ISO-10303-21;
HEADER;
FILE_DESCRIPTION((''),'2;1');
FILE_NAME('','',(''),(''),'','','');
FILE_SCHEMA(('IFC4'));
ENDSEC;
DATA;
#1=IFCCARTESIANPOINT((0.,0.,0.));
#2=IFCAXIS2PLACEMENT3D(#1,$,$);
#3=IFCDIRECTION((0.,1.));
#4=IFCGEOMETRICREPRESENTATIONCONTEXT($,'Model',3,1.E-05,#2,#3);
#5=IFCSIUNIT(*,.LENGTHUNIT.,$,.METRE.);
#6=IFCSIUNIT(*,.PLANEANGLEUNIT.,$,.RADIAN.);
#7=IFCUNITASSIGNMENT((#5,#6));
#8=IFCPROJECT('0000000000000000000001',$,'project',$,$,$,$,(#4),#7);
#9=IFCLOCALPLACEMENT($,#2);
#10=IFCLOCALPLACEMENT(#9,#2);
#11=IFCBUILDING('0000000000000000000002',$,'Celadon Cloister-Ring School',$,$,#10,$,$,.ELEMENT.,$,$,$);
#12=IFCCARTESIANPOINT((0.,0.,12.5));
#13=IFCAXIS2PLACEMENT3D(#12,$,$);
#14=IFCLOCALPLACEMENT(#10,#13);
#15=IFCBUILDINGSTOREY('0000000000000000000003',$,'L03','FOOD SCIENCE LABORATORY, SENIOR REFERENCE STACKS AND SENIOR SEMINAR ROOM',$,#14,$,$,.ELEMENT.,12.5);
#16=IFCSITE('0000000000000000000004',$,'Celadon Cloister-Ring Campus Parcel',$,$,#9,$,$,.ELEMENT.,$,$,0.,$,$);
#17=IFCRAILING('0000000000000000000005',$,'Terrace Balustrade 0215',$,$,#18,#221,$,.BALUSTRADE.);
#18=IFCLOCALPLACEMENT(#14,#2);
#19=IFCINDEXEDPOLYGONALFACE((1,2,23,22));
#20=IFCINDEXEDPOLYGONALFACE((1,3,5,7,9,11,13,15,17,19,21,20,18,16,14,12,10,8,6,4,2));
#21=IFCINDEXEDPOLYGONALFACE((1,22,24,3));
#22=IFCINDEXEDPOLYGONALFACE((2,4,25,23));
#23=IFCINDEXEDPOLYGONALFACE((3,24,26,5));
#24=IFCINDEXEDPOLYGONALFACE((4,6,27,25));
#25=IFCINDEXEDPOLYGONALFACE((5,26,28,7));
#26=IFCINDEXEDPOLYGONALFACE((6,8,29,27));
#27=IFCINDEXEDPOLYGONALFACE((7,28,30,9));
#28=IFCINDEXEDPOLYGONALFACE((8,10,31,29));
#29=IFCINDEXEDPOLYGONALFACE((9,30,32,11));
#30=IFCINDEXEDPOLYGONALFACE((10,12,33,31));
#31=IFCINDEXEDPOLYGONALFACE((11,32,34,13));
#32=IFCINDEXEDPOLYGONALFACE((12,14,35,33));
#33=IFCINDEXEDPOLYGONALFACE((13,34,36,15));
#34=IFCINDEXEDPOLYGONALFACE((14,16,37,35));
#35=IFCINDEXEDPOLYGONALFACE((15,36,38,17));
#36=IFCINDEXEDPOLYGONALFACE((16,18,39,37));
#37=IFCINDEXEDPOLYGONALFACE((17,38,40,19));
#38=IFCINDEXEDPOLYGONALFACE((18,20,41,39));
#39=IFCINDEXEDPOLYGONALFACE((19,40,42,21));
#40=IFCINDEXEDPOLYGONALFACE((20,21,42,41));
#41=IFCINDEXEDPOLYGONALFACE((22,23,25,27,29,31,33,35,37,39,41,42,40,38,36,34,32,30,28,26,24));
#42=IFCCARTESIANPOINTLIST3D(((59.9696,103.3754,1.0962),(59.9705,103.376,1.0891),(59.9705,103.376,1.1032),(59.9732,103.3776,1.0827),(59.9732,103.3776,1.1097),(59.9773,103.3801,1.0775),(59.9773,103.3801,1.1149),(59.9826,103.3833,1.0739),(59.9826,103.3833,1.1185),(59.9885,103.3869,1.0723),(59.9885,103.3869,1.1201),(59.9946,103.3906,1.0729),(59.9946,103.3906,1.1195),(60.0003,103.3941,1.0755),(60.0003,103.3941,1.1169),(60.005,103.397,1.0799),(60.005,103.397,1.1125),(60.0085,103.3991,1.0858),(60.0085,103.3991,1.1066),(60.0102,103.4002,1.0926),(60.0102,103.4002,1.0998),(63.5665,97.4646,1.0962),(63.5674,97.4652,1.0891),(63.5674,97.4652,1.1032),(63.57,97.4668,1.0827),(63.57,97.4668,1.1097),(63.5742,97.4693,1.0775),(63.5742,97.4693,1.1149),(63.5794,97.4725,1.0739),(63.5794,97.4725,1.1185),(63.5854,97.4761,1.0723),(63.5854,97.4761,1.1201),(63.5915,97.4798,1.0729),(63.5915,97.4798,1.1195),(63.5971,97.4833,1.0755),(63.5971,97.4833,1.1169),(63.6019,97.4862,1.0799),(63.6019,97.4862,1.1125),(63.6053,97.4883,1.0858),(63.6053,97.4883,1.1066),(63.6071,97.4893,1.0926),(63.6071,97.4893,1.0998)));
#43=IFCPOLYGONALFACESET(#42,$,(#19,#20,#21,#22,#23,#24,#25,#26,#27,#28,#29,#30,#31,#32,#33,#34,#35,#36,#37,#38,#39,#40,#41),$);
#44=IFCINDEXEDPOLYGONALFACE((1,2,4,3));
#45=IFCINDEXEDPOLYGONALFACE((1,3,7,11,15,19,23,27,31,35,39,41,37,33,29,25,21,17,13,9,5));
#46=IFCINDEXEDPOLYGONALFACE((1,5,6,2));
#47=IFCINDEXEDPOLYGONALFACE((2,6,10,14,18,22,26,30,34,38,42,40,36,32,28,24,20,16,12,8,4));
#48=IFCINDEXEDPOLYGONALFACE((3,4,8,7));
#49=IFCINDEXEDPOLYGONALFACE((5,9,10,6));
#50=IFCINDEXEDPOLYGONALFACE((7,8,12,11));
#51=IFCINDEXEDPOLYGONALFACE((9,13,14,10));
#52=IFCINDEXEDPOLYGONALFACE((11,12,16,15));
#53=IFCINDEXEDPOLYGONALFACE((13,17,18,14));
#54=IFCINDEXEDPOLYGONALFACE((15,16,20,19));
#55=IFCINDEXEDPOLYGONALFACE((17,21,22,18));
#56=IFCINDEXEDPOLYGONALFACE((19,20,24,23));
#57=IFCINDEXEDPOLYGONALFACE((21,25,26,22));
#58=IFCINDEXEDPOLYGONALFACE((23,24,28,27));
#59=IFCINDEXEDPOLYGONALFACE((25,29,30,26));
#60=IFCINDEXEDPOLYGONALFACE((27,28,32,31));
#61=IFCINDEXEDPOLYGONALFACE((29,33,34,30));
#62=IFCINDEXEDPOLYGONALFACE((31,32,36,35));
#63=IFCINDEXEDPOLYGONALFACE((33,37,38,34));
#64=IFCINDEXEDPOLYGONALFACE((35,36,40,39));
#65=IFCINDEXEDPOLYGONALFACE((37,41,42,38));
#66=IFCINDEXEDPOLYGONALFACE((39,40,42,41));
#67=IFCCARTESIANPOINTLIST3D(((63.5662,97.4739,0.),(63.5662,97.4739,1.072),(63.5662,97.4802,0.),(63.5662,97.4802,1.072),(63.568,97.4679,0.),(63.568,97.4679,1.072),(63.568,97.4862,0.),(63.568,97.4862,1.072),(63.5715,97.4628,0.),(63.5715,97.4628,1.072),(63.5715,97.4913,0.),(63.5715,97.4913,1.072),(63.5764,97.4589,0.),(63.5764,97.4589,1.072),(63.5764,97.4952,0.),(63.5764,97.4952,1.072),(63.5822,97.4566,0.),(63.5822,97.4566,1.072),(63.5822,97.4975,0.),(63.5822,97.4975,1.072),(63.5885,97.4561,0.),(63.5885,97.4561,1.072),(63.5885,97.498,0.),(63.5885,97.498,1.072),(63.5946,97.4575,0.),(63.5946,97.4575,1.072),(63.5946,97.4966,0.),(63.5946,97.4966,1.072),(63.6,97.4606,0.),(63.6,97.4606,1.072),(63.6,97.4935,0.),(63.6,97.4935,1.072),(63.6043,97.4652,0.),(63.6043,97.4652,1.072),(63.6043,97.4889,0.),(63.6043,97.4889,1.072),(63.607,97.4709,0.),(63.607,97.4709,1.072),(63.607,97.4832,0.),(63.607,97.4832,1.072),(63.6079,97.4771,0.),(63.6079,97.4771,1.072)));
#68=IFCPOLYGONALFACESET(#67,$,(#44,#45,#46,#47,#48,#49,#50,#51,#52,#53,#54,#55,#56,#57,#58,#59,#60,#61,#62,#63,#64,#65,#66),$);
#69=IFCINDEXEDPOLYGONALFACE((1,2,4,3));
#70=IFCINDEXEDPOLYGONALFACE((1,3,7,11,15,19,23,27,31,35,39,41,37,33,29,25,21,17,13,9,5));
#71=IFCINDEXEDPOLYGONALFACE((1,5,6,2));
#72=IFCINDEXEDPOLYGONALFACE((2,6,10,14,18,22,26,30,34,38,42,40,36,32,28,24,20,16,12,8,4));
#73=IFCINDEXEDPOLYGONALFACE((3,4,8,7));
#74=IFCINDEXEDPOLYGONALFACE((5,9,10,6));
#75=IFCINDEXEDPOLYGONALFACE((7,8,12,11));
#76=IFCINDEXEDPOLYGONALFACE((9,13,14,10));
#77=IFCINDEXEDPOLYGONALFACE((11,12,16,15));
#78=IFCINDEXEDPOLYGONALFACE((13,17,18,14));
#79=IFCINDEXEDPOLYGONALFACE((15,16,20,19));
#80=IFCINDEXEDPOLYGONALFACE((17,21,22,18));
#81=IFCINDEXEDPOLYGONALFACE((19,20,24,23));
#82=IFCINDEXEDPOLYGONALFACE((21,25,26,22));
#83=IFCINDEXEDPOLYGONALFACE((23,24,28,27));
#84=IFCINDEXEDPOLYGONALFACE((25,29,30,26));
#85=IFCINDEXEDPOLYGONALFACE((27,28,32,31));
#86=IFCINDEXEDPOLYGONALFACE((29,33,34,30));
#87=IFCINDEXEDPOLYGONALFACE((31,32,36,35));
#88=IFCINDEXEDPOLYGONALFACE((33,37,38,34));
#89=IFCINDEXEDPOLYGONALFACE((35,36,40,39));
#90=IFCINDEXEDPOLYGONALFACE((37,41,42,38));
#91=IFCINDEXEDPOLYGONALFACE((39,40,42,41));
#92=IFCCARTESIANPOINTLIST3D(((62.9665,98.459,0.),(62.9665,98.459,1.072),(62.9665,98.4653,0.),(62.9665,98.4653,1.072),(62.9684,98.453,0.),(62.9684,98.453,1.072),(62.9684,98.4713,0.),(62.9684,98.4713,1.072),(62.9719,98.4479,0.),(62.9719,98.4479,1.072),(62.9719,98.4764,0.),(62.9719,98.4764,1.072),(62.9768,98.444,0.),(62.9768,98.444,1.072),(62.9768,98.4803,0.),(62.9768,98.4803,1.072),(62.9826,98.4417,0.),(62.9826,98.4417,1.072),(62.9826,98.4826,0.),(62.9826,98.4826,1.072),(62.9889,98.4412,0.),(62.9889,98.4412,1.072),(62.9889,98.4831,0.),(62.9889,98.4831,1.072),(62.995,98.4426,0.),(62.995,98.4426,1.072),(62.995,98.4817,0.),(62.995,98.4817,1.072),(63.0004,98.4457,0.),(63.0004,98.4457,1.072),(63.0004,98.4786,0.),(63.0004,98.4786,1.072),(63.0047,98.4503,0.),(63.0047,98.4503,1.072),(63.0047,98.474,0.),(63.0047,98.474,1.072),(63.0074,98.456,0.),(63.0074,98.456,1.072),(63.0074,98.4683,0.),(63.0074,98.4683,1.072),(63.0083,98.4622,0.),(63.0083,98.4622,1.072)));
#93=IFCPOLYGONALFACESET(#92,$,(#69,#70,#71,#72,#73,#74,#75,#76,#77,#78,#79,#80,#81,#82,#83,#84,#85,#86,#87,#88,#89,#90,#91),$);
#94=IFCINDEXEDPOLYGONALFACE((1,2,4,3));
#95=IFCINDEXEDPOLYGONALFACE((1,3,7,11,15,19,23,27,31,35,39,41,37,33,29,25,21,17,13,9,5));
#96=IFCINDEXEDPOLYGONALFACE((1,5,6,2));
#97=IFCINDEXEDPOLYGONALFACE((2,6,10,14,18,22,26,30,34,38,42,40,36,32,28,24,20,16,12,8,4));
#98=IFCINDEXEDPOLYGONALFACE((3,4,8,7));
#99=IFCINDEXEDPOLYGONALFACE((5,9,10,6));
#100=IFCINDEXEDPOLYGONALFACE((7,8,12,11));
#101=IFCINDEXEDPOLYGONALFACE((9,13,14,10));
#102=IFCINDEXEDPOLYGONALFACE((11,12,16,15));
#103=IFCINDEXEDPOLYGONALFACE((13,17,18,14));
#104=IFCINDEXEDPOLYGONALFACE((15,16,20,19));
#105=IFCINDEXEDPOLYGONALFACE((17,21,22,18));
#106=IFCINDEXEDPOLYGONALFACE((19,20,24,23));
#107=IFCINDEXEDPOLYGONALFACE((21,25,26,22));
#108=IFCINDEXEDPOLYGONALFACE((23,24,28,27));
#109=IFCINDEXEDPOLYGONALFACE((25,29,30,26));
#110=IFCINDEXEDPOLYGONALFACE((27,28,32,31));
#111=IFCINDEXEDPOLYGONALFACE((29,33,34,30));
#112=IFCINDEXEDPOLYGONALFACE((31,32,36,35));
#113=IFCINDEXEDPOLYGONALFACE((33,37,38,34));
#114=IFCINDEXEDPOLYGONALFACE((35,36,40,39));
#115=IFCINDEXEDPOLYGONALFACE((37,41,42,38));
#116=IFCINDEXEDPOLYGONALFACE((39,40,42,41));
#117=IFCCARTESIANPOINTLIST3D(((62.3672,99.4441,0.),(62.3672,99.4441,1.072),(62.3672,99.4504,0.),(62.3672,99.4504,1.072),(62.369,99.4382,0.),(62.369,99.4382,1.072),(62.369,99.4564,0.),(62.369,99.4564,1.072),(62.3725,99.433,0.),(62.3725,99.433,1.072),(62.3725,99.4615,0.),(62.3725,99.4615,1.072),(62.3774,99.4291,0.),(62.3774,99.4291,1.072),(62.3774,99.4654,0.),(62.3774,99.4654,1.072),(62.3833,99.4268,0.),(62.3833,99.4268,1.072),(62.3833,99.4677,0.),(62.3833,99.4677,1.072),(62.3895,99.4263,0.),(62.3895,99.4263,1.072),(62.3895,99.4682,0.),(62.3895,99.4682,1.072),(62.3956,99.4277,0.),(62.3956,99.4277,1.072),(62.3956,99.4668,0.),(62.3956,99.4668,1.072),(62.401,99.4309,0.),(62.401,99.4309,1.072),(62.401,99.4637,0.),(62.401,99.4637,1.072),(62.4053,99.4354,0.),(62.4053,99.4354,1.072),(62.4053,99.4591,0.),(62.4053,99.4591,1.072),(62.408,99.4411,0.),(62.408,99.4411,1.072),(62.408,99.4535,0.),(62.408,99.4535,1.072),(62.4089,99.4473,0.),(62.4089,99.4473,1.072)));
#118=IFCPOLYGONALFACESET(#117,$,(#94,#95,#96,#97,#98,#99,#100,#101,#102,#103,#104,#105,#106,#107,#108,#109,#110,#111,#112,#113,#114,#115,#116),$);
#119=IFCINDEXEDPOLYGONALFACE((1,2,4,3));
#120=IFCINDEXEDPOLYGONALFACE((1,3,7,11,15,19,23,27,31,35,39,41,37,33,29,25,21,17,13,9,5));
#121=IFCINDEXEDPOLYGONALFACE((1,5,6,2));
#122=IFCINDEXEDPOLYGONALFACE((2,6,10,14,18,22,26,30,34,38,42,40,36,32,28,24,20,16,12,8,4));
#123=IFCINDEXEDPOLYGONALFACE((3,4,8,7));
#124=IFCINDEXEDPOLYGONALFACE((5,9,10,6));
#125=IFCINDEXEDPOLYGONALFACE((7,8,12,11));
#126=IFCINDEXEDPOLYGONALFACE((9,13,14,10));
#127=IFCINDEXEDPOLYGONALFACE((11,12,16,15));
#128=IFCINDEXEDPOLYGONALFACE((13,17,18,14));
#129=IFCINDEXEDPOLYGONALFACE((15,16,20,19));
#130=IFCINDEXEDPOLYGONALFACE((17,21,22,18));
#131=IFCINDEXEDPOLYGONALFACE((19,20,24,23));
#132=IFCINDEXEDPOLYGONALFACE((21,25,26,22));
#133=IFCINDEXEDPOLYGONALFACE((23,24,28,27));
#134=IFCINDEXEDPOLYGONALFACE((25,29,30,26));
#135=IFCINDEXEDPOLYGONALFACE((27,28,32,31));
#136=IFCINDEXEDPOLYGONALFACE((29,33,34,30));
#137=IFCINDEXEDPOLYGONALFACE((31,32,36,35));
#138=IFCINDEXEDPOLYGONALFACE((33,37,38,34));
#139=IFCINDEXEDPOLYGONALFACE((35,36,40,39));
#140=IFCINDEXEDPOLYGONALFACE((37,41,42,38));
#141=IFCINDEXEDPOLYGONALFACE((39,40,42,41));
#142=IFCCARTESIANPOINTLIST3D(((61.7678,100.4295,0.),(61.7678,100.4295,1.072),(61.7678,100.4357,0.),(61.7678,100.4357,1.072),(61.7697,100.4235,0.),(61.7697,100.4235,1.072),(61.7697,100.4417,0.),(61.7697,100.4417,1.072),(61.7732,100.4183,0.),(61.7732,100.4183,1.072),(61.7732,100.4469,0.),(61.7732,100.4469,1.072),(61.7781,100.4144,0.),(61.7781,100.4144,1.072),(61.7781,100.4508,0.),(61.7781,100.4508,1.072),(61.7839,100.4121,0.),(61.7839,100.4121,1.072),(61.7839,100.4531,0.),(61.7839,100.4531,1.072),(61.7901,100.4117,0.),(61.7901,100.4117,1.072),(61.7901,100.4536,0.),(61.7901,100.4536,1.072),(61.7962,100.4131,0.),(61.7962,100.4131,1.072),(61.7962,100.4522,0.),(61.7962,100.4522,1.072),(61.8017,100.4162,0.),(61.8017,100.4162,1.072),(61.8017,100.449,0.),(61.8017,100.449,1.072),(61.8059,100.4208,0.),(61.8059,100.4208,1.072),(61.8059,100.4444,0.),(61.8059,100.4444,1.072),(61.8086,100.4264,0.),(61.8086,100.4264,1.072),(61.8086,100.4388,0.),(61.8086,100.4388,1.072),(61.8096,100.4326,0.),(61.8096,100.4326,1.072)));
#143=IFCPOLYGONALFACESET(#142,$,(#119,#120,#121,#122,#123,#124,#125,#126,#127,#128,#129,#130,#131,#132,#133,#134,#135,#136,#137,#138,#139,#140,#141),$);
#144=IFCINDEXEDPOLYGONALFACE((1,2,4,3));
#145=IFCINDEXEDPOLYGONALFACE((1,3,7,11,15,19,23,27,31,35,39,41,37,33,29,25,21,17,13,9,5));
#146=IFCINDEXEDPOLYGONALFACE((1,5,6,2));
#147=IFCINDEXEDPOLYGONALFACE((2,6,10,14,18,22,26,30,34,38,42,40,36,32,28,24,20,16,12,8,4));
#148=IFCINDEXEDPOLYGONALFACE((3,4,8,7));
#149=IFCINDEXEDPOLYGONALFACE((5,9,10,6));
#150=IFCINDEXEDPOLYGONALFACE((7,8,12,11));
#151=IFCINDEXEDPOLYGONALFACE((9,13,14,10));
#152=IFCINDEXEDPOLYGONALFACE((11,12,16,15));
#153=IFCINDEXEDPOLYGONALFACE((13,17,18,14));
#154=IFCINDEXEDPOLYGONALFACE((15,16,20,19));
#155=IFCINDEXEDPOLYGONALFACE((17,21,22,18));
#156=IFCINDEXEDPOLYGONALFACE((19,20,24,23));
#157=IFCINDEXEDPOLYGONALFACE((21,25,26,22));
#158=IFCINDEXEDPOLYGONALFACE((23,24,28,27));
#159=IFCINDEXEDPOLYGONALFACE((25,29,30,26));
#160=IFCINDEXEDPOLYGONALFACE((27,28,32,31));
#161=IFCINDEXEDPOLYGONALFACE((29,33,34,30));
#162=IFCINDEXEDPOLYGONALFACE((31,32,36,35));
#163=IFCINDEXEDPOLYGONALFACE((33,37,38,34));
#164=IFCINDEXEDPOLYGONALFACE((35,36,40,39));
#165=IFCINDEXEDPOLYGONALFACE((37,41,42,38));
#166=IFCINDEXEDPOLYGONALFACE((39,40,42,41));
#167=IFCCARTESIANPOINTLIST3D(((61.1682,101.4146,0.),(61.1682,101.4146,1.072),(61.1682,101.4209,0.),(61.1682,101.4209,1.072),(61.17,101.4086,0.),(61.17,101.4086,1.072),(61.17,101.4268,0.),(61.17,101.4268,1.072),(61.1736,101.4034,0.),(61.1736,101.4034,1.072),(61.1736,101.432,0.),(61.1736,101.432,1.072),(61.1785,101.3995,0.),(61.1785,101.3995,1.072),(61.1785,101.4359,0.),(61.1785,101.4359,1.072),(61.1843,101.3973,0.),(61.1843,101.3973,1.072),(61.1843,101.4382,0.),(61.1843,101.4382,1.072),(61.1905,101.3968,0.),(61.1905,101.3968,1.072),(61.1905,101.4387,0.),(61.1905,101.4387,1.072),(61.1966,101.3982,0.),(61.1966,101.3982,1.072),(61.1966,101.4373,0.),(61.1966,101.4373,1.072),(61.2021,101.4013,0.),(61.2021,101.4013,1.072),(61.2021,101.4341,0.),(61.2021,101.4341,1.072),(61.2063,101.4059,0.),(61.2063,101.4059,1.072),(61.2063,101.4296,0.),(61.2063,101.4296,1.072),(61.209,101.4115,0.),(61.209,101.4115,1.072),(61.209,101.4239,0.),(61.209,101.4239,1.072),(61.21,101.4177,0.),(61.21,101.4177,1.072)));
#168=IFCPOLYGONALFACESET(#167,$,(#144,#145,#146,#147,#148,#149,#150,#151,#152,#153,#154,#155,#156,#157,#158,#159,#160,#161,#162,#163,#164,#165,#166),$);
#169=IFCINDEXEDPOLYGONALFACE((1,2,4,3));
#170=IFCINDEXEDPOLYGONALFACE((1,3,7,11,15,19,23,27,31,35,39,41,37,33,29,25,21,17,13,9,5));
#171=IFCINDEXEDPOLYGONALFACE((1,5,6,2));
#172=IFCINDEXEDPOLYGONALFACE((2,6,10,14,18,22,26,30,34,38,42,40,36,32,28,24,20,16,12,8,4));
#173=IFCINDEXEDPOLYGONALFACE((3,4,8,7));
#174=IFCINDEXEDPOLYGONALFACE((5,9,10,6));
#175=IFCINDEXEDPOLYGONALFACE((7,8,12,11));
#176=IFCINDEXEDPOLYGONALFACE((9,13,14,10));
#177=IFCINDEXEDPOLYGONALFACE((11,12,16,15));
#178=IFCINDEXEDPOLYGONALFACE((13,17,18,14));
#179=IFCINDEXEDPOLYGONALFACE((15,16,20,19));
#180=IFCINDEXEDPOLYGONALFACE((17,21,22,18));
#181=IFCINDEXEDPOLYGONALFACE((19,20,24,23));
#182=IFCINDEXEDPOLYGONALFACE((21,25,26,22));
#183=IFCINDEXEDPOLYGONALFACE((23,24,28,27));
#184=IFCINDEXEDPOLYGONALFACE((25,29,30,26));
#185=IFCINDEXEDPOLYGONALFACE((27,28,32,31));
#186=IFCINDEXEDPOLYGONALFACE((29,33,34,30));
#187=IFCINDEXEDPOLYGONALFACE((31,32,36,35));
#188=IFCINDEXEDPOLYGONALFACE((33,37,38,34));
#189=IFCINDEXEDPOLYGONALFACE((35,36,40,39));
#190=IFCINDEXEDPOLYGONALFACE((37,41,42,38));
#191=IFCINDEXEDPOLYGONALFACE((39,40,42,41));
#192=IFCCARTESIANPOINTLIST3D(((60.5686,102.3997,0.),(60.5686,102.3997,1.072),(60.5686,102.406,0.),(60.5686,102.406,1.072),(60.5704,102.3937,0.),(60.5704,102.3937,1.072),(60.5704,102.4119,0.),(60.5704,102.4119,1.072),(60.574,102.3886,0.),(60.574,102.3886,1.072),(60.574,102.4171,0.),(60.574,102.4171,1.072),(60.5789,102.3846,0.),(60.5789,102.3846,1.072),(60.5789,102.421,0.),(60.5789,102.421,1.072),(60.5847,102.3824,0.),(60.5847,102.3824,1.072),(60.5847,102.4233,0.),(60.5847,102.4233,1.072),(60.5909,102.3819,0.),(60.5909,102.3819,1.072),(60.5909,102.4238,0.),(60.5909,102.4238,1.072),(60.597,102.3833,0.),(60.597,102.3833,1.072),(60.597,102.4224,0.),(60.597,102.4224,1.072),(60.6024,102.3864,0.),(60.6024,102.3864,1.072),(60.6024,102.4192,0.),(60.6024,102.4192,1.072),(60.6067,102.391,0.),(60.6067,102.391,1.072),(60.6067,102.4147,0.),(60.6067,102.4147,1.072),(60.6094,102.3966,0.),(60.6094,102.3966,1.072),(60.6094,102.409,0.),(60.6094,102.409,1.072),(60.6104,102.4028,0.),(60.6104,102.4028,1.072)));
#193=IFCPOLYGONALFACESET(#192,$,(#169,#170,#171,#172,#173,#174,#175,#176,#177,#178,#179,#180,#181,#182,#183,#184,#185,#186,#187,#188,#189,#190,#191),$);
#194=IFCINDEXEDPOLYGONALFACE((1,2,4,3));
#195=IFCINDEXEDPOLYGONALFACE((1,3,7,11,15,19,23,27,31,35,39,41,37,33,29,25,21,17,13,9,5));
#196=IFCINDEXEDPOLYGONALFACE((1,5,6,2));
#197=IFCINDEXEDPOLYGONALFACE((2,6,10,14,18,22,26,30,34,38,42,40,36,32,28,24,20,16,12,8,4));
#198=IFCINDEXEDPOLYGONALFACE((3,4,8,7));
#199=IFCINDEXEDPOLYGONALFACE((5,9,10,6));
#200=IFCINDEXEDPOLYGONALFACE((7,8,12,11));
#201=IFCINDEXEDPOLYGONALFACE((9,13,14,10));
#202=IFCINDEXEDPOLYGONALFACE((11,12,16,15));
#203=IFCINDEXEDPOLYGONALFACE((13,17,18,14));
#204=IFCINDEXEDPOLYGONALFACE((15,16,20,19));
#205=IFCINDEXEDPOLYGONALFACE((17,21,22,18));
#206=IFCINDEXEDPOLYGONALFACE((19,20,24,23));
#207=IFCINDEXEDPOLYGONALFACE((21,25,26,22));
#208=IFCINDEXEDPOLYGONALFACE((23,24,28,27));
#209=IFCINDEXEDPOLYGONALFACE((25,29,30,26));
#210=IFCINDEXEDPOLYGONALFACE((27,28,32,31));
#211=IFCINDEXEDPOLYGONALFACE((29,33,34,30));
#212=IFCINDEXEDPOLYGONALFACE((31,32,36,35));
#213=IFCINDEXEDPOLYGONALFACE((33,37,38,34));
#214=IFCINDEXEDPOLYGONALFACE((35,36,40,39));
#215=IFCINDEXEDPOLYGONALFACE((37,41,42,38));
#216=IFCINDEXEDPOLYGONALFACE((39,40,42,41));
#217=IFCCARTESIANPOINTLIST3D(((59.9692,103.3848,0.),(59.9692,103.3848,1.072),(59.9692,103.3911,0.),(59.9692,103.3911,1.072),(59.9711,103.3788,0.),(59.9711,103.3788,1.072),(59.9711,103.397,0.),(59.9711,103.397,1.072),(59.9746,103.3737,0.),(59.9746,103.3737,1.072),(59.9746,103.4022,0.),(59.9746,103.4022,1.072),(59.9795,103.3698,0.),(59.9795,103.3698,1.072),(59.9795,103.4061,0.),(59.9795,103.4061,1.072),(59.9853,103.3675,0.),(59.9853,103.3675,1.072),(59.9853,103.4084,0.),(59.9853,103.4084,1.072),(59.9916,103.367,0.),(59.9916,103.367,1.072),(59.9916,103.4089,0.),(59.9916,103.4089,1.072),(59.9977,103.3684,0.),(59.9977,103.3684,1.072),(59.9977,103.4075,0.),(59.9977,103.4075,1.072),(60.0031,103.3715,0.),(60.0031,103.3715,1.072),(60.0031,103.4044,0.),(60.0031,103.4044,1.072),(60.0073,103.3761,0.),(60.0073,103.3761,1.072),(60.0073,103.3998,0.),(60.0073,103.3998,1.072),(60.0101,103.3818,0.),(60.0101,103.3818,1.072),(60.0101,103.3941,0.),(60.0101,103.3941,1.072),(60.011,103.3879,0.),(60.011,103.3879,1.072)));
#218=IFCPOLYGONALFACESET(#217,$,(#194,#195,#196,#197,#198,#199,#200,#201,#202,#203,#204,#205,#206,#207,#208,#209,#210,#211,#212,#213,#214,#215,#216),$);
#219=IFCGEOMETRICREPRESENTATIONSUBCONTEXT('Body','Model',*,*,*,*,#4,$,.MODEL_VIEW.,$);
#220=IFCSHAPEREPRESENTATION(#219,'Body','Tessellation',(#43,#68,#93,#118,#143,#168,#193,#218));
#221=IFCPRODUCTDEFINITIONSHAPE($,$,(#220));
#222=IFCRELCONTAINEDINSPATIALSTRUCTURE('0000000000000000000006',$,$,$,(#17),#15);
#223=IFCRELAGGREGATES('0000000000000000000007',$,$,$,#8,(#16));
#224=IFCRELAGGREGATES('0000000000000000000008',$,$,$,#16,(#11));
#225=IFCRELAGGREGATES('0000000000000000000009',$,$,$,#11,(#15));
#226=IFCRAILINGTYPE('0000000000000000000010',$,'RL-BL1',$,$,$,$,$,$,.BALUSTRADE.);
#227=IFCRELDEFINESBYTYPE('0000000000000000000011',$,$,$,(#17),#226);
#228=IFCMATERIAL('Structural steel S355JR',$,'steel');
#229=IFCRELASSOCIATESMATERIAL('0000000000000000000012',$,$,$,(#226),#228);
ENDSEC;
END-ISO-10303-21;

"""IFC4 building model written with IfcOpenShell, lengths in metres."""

from ifc_helpers import new_model, si_unit, direction, frame, origin, origin_2d, place, context, subcontext, project, spatial, circle, extrude, material, type_object, element, save


model = new_model("IFC4")

# Units and contexts
model_context = context("Model", 3, precision=1e-05, world=origin(), true_north=direction((0.0, 1.0)))
body_context = subcontext(model_context, "Body", "Model", "MODEL_VIEW")
ifc_project = project(units=[si_unit("LENGTHUNIT", "METRE"), si_unit("PLANEANGLEUNIT", "RADIAN")], contexts=[model_context])

# Site, building, storey
site_placement = place(None, origin())
site = spatial("IfcSite", under=ifc_project, at=site_placement, Name="Celadon Cloister-Ring Campus Parcel", CompositionType="ELEMENT", RefElevation=0.0)
building_placement = place(site_placement, origin())
building = spatial("IfcBuilding", under=site, at=building_placement, Name="Celadon Cloister-Ring School", CompositionType="ELEMENT")
storey_placement = place(building_placement, frame((0.0, 0.0, 12.5)))
storey = spatial("IfcBuildingStorey", under=building, at=storey_placement, Name="L03", Description="FOOD SCIENCE LABORATORY, SENIOR REFERENCE STACKS AND SENIOR SEMINAR ROOM", CompositionType="ELEMENT", Elevation=12.5)

# Railing
ifc_material_1 = material(Name="Structural steel S355JR", Category="steel")
railing_type = type_object("IfcRailingType", Name="RL-BL1", PredefinedType="BALUSTRADE", material=ifc_material_1)
railing_1_placement = place(storey_placement, frame((63.5869, 97.4771, 0.0)))
element("IfcRailing", 1, at=railing_1_placement, inside=storey, type_object=railing_type, Name="Terrace Balustrade 0215", PredefinedType="BALUSTRADE", context=body_context, shape_type="SweptSolid", body=[
    extrude(circle(Radius=0.0239, at=origin_2d()), frame((0.0, 0.0, 1.0962), z_axis=(-0.519841, 0.854263, 0.0), x_axis=(-0.854263, -0.519841, 0.0)), (0.0, 0.0, 1.0), 6.9192),
    extrude(circle(Radius=0.021, at=origin_2d()), origin(), (0.0, 0.0, 1.0), 1.072),
    extrude(circle(Radius=0.021, at=origin_2d()), frame((-0.5996, 0.9851, 0.0)), (0.0, 0.0, 1.0), 1.072),
    extrude(circle(Radius=0.021, at=origin_2d()), frame((-1.199, 1.9702, 0.0)), (0.0, 0.0, 1.0), 1.072),
    extrude(circle(Radius=0.021, at=origin_2d()), frame((-1.7983, 2.9556, 0.0)), (0.0, 0.0, 1.0), 1.072),
    extrude(circle(Radius=0.021, at=origin_2d()), frame((-2.3979, 3.9407, 0.0)), (0.0, 0.0, 1.0), 1.072),
    extrude(circle(Radius=0.021, at=origin_2d()), frame((-2.9976, 4.9258, 0.0)), (0.0, 0.0, 1.0), 1.072),
    extrude(circle(Radius=0.021, at=origin_2d()), frame((-3.5969, 5.9109, 0.0)), (0.0, 0.0, 1.0), 1.072),
])

save(model, "model.ifc")
